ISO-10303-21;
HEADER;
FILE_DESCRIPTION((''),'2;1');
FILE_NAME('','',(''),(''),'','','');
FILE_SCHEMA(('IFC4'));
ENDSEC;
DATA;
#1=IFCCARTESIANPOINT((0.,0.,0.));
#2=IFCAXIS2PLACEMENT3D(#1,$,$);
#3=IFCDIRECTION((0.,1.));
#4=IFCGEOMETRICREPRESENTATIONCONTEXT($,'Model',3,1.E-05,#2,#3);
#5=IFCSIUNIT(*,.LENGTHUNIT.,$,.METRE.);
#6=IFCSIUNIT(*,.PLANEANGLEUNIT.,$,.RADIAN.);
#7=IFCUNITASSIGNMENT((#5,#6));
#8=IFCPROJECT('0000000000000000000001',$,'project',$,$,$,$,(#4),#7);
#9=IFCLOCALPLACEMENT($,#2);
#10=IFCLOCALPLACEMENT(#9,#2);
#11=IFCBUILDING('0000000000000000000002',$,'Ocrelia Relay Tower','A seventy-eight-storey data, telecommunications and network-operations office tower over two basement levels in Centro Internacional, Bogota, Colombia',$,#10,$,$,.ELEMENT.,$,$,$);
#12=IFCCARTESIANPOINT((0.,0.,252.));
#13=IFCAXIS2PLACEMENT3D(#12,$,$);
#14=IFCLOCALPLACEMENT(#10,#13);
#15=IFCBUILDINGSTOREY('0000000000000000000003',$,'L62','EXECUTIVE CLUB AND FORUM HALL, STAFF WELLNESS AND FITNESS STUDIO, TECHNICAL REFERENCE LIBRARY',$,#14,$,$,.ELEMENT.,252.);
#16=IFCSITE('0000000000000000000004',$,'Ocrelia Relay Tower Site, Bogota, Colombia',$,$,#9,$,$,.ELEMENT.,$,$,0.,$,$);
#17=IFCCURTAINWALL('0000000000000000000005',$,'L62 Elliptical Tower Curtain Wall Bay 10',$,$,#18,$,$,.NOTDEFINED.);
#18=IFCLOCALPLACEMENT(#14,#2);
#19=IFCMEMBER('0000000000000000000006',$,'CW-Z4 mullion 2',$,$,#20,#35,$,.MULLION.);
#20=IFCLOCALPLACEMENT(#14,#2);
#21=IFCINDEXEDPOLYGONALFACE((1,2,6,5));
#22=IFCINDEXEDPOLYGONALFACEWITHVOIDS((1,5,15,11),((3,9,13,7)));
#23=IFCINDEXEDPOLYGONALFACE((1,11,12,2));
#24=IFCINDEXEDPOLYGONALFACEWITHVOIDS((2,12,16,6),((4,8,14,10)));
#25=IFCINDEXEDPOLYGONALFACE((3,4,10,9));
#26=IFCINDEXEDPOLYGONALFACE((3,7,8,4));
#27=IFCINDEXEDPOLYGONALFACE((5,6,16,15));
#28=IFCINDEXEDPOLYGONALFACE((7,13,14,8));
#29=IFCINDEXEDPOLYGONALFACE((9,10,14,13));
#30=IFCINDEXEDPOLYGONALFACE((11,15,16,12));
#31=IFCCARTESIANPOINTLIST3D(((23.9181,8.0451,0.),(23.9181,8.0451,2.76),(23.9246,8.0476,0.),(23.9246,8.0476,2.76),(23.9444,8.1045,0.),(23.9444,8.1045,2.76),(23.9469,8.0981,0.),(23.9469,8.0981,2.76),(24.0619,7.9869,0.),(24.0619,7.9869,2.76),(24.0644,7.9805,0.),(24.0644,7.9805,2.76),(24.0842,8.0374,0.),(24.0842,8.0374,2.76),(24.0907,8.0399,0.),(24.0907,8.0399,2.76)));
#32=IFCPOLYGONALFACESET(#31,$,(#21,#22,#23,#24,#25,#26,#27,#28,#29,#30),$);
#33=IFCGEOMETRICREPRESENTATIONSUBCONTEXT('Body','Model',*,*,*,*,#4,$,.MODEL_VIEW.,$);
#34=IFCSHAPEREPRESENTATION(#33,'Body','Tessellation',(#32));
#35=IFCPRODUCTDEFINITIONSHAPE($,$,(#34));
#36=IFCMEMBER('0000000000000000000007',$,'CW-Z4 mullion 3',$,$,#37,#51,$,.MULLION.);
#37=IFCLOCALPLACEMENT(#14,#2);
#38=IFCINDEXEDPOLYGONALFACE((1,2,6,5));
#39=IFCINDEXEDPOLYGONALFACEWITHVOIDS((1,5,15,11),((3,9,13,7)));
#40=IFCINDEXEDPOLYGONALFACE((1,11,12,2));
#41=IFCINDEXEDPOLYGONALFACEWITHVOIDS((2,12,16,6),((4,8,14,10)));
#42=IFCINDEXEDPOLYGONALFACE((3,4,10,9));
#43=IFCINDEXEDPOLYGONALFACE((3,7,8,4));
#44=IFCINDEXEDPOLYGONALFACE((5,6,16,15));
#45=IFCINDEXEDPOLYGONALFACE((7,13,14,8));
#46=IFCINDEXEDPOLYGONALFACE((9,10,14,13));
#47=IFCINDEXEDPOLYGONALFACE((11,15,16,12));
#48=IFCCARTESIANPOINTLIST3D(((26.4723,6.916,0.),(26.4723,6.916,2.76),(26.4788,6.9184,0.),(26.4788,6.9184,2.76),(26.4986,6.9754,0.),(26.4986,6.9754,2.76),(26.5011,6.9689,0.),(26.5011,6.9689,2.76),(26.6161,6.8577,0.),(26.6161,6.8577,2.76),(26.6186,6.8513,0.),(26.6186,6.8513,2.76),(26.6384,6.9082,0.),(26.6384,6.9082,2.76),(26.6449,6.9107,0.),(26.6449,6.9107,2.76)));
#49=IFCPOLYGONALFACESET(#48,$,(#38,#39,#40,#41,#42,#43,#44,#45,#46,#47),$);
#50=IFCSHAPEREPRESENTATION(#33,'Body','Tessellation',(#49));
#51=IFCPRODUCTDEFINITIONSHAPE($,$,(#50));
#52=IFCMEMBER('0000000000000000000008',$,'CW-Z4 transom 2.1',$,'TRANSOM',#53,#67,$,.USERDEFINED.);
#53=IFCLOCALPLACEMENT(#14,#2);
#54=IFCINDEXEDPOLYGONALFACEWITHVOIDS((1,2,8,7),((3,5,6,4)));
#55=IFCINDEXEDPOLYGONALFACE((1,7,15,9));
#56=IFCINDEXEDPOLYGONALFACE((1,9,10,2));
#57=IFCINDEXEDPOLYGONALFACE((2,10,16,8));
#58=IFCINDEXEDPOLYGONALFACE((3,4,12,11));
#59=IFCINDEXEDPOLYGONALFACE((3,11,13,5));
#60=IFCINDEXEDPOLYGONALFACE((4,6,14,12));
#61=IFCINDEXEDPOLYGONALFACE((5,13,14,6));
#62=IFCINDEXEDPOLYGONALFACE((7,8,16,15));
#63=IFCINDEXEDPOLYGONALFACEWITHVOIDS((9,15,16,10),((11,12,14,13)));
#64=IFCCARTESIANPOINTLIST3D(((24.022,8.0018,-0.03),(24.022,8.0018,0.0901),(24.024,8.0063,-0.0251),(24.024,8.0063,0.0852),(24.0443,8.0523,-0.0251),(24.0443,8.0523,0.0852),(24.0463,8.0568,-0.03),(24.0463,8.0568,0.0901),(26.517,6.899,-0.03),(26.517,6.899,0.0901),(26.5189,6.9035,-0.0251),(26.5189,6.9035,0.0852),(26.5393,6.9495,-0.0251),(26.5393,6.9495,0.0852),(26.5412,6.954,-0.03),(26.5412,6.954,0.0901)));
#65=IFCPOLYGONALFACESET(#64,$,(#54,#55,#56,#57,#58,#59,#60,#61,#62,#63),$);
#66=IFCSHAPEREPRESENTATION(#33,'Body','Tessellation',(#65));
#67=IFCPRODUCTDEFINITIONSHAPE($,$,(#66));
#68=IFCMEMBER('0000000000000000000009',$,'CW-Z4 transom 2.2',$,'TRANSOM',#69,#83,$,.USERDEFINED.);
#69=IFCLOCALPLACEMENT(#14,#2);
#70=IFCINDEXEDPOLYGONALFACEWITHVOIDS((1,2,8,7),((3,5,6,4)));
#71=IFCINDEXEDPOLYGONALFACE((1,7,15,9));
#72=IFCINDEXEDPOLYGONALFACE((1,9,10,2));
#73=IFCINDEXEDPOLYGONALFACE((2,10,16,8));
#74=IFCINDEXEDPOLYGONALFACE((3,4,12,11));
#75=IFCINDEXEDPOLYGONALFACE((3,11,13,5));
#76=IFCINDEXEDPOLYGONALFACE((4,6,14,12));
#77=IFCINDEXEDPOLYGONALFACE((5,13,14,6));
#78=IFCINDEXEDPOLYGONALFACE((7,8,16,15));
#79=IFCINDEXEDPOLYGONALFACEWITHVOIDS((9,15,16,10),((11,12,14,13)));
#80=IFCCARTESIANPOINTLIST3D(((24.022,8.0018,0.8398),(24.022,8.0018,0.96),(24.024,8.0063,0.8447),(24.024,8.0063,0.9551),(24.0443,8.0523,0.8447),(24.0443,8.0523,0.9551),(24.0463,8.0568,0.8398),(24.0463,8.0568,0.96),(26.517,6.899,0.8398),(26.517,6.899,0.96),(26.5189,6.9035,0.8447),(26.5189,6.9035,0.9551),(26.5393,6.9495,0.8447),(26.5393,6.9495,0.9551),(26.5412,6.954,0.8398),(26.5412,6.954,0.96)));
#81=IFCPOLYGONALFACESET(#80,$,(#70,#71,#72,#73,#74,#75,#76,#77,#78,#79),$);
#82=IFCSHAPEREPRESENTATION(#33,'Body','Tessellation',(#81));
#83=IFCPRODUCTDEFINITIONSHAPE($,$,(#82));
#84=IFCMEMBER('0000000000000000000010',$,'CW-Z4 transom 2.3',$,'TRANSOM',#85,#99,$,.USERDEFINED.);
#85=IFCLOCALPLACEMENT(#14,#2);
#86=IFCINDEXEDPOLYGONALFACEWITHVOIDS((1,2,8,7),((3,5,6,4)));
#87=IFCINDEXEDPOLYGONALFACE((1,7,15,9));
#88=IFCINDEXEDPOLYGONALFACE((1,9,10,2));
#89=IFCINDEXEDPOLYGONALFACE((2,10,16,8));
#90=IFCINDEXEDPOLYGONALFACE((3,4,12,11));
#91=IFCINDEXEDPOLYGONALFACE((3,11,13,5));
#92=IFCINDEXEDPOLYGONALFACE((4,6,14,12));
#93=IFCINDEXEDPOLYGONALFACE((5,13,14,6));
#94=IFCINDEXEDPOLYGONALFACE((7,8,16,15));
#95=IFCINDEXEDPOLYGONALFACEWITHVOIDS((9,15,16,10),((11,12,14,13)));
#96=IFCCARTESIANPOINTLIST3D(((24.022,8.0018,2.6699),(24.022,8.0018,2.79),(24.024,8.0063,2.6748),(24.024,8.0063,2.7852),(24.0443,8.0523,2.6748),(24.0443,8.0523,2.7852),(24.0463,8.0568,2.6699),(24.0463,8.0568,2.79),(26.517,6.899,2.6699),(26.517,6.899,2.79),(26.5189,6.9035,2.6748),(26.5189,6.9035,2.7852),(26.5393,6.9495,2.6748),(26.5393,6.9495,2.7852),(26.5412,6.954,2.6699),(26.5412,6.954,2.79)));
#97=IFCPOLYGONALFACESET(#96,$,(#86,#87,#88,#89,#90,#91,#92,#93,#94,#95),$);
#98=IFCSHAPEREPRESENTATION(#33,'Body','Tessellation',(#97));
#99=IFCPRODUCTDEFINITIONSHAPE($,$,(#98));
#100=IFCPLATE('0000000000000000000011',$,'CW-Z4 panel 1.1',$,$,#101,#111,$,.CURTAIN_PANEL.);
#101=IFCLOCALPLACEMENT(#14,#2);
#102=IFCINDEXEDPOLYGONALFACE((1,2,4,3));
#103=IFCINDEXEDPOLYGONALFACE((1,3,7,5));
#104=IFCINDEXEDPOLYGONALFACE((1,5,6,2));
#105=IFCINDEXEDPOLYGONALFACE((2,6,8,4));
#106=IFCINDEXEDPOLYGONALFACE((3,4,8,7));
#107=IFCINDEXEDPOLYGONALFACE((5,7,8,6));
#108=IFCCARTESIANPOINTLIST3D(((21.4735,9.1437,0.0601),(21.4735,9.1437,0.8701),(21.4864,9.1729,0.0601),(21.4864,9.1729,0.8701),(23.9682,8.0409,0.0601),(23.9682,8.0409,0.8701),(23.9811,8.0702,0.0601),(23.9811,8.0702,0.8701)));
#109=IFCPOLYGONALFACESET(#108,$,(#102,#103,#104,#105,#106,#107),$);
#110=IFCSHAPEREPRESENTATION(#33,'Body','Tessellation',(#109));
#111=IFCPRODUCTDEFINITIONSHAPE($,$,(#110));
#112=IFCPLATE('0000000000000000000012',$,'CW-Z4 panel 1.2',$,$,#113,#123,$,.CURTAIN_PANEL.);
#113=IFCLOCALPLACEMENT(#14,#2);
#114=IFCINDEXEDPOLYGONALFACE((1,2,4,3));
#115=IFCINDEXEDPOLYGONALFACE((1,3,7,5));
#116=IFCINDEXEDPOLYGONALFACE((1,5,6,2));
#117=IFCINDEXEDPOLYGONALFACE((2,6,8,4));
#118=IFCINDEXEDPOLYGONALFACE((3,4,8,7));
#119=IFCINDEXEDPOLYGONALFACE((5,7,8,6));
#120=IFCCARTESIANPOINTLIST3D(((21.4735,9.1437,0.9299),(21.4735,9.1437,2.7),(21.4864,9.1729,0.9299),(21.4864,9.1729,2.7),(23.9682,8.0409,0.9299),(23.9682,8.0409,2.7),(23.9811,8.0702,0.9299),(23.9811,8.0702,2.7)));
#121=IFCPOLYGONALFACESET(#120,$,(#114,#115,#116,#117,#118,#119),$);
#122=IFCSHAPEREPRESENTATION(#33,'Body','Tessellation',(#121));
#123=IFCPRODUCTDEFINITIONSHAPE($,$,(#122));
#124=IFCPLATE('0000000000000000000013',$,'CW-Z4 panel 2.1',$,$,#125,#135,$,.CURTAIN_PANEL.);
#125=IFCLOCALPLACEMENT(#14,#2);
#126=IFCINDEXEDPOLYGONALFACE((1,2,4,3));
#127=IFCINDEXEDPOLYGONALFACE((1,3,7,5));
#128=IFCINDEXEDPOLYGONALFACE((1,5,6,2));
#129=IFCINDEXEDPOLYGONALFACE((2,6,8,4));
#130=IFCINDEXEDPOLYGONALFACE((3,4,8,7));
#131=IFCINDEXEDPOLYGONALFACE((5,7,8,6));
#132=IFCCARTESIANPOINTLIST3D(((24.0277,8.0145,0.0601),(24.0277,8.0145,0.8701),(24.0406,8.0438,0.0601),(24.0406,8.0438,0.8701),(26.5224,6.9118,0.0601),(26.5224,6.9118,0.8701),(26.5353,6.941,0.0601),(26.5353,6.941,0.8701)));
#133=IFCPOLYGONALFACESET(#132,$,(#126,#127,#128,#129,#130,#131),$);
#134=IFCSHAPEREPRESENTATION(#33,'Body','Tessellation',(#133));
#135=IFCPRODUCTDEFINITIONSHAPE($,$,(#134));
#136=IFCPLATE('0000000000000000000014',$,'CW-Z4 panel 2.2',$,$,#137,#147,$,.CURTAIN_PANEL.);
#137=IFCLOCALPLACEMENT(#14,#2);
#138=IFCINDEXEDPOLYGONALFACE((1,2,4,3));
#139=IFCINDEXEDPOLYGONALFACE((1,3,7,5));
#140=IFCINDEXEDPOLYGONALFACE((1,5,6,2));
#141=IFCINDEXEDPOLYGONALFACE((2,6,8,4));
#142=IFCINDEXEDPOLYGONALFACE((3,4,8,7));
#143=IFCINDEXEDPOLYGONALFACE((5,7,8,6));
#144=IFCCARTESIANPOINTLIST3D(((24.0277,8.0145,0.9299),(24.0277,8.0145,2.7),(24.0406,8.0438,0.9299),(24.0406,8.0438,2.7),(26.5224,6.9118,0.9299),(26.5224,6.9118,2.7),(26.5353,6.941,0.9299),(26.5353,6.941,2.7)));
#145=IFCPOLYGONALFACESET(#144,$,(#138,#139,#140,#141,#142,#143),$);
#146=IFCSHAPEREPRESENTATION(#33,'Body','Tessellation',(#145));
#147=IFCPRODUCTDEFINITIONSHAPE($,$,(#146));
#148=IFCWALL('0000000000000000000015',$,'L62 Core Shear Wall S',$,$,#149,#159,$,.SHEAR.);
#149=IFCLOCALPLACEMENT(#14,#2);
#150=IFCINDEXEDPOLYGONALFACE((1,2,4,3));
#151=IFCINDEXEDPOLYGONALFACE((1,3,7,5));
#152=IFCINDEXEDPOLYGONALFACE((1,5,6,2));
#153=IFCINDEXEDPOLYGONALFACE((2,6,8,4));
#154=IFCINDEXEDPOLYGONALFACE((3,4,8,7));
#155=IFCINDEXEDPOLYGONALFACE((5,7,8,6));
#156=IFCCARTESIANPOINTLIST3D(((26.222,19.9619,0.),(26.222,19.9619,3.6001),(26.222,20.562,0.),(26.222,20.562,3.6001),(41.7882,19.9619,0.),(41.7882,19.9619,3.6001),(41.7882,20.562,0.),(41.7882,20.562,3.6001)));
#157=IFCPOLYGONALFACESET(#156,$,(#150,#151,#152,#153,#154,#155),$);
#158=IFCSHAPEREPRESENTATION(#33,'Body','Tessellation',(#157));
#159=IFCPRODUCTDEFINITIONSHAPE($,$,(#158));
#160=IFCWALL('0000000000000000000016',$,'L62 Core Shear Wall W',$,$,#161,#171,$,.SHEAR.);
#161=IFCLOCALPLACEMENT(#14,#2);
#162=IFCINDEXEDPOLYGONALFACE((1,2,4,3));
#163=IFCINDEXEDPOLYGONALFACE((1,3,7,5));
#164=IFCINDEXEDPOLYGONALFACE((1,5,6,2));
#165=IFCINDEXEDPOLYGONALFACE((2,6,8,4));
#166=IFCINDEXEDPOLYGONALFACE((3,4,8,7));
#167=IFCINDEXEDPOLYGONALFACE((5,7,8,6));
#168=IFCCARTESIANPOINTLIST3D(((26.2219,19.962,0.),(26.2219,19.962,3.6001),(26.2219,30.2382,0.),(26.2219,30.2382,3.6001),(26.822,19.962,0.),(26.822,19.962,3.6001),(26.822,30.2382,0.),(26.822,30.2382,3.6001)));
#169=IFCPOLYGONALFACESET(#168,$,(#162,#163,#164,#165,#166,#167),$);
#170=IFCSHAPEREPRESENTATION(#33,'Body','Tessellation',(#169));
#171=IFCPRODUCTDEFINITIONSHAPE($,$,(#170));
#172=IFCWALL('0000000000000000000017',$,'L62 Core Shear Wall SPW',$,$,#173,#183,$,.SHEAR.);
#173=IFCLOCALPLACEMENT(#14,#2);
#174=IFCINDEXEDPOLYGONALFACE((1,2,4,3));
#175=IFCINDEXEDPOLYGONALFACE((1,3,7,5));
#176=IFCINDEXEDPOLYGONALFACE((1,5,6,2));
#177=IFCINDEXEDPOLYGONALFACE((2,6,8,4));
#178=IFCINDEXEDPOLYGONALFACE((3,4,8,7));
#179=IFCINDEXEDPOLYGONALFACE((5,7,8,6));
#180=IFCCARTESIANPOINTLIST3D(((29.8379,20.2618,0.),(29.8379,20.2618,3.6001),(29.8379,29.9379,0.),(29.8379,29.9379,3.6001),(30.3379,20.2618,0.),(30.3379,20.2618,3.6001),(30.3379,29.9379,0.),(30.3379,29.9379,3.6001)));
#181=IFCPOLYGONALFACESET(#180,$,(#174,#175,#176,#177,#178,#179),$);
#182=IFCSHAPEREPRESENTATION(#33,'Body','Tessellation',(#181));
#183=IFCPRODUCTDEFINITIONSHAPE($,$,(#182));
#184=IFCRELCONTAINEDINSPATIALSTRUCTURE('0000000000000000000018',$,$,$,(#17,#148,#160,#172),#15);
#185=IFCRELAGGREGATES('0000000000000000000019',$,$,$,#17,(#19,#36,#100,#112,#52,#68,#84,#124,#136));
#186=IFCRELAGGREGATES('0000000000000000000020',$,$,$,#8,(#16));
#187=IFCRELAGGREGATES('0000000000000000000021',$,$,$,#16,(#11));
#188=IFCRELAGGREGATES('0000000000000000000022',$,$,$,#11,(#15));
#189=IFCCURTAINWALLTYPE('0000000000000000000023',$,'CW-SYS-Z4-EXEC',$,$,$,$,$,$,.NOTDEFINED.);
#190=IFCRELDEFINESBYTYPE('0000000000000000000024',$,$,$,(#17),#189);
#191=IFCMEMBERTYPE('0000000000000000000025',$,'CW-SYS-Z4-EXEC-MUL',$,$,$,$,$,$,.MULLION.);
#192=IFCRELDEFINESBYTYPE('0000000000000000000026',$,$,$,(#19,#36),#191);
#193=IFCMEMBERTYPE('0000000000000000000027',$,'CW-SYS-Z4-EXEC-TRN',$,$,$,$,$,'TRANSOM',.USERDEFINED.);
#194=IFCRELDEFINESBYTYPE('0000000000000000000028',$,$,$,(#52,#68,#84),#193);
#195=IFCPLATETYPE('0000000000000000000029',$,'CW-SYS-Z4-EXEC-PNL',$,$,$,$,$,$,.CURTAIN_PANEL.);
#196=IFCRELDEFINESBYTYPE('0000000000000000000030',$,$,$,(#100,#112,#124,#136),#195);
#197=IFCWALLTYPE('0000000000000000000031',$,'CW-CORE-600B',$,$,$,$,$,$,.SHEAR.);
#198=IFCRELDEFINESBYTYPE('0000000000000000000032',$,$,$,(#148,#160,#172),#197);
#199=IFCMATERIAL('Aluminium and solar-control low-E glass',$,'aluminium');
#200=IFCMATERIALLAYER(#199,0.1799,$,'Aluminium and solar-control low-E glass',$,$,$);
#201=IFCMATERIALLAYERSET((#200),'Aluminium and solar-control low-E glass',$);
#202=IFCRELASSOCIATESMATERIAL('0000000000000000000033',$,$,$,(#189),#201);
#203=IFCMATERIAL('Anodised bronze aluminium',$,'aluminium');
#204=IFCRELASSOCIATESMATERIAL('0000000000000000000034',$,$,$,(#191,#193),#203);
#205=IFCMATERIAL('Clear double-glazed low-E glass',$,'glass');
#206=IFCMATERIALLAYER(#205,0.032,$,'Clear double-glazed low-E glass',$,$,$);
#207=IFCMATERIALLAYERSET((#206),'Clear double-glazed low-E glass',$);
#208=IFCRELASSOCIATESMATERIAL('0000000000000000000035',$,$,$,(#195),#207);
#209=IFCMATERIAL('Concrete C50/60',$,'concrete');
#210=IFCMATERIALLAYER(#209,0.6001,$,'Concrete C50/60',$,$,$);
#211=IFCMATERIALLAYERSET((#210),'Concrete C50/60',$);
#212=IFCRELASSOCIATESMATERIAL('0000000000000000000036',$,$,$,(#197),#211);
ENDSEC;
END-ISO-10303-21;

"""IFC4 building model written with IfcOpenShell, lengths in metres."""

from ifc_helpers import new_model, si_unit, direction, frame, frame_2d, origin, origin_2d, place, context, subcontext, project, spatial, rectangle, hollow_rectangle, extrude, material, layer, layer_set, material_profile, profile_set, type_object, element, aggregate, save


model = new_model("IFC4")

# Units and contexts
model_context = context("Model", 3, precision=1e-05, world=origin(), true_north=direction((0.0, 1.0)))
body_context = subcontext(model_context, "Body", "Model", "MODEL_VIEW")
ifc_project = project(units=[si_unit("LENGTHUNIT", "METRE"), si_unit("PLANEANGLEUNIT", "RADIAN")], contexts=[model_context])

# Site, building, storey
site_placement = place(None, origin())
site = spatial("IfcSite", under=ifc_project, at=site_placement, Name="Ocrelia Relay Tower Site, Bogota, Colombia", CompositionType="ELEMENT", RefElevation=0.0)
building_placement = place(site_placement, origin())
building = spatial("IfcBuilding", under=site, at=building_placement, Name="Ocrelia Relay Tower", Description="A seventy-eight-storey data, telecommunications and network-operations office tower over two basement levels in Centro Internacional, Bogota, Colombia", CompositionType="ELEMENT")
storey_placement = place(building_placement, frame((0.0, 0.0, 252.0)))
storey = spatial("IfcBuildingStorey", under=building, at=storey_placement, Name="L62", Description="EXECUTIVE CLUB AND FORUM HALL, STAFF WELLNESS AND FITNESS STUDIO, TECHNICAL REFERENCE LIBRARY", CompositionType="ELEMENT", Elevation=252.0)

# Shared definitions
ifc_material_1 = material(Name="Concrete C50/60", Category="concrete")

# Curtain wall, members, plates
ifc_material_2 = material(Name="Aluminium and solar-control low-E glass", Category="aluminium")
ifc_layer_1 = layer(ifc_material_2, 0.1799, Name="Aluminium and solar-control low-E glass")
ifc_layer_set_1 = layer_set([ifc_layer_1], Name="Aluminium and solar-control low-E glass")
curtain_wall_type = type_object("IfcCurtainWallType", Name="CW-SYS-Z4-EXEC", PredefinedType="NOTDEFINED", material=ifc_layer_set_1)
curtain_wall_placement = place(storey_placement, origin())
curtain_wall = element("IfcCurtainWall", 1, at=curtain_wall_placement, inside=storey, type_object=curtain_wall_type, Name="L62 Elliptical Tower Curtain Wall Bay 10", PredefinedType="NOTDEFINED")
ifc_material_3 = material(Name="Anodised bronze aluminium", Category="aluminium")
ifc_material_profile_1 = material_profile(ifc_material_3, hollow_rectangle(XDim=0.0649, YDim=0.1599, WallThickness=0.0049, at=origin_2d()), Name="CW-MUL-160x65")
ifc_profile_set_1 = profile_set([ifc_material_profile_1], Name="Anodised bronze aluminium")
member_type_1 = type_object("IfcMemberType", Name="CW-SYS-Z4-EXEC-MUL", PredefinedType="MULLION", material=ifc_profile_set_1)
member_1_placement = place(storey_placement, frame((24.0044, 8.0425, 0.0), z_axis=(0.0, 0.0, 1.0), x_axis=(0.404298, 0.914627, 0.0)))
member_1 = element("IfcMember", 2, at=member_1_placement, type_object=member_type_1, Name="CW-Z4 mullion 2", PredefinedType="MULLION", context=body_context, shape_type="SweptSolid", body=[
    extrude(hollow_rectangle(XDim=0.0649, YDim=0.1599, WallThickness=0.0049, at=origin_2d()), origin(), (0.0, 0.0, 1.0), 2.76),
])
member_2_placement = place(storey_placement, frame((26.5586, 6.9133, 0.0), z_axis=(0.0, 0.0, 1.0), x_axis=(0.404298, 0.914627, 0.0)))
member_2 = element("IfcMember", 3, at=member_2_placement, type_object=member_type_1, Name="CW-Z4 mullion 3", PredefinedType="MULLION", context=body_context, shape_type="SweptSolid", body=[
    extrude(hollow_rectangle(XDim=0.0649, YDim=0.1599, WallThickness=0.0049, at=origin_2d()), origin(), (0.0, 0.0, 1.0), 2.76),
])
ifc_material_profile_2 = material_profile(ifc_material_3, hollow_rectangle(XDim=0.0601, YDim=0.1201, WallThickness=0.0049, at=origin_2d()), Name="CW-TRN-120x60")
ifc_profile_set_2 = profile_set([ifc_material_profile_2], Name="Anodised bronze aluminium")
member_type_2 = type_object("IfcMemberType", Name="CW-SYS-Z4-EXEC-TRN", ElementType="TRANSOM", PredefinedType="USERDEFINED", material=ifc_profile_set_2)
member_3_placement = place(storey_placement, frame((24.0342, 8.0293, 0.03), z_axis=(0.914633, -0.404286, 0.0), x_axis=(0.404286, 0.914633, 0.0)))
member_3 = element("IfcMember", 4, at=member_3_placement, type_object=member_type_2, Name="CW-Z4 transom 2.1", ObjectType="TRANSOM", PredefinedType="USERDEFINED", context=body_context, shape_type="SweptSolid", body=[
    extrude(hollow_rectangle(XDim=0.0601, YDim=0.1201, WallThickness=0.0049, at=origin_2d()), origin(), (0.0, 0.0, 1.0), 2.7278),
])
member_4_placement = place(storey_placement, frame((24.0342, 8.0293, 0.8999), z_axis=(0.914633, -0.404286, 0.0), x_axis=(0.404286, 0.914633, 0.0)))
member_4 = element("IfcMember", 5, at=member_4_placement, type_object=member_type_2, Name="CW-Z4 transom 2.2", ObjectType="TRANSOM", PredefinedType="USERDEFINED", context=body_context, shape_type="SweptSolid", body=[
    extrude(hollow_rectangle(XDim=0.0601, YDim=0.1201, WallThickness=0.0049, at=origin_2d()), origin(), (0.0, 0.0, 1.0), 2.7278),
])
member_5_placement = place(storey_placement, frame((24.0342, 8.0293, 2.73), z_axis=(0.914633, -0.404286, 0.0), x_axis=(0.404286, 0.914633, 0.0)))
member_5 = element("IfcMember", 6, at=member_5_placement, type_object=member_type_2, Name="CW-Z4 transom 2.3", ObjectType="TRANSOM", PredefinedType="USERDEFINED", context=body_context, shape_type="SweptSolid", body=[
    extrude(hollow_rectangle(XDim=0.0601, YDim=0.1201, WallThickness=0.0049, at=origin_2d()), origin(), (0.0, 0.0, 1.0), 2.7278),
])
ifc_material_4 = material(Name="Clear double-glazed low-E glass", Category="glass")
ifc_layer_2 = layer(ifc_material_4, 0.032, Name="Clear double-glazed low-E glass")
ifc_layer_set_2 = layer_set([ifc_layer_2], Name="Clear double-glazed low-E glass")
plate_type = type_object("IfcPlateType", Name="CW-SYS-Z4-EXEC-PNL", PredefinedType="CURTAIN_PANEL", material=ifc_layer_set_2)
plate_1_placement = place(storey_placement, frame((22.7273, 8.6069, 0.0601), z_axis=(0.0, 0.0, 1.0), x_axis=(0.914627, -0.404298, 0.0)))
plate_1 = element("IfcPlate", 7, at=plate_1_placement, type_object=plate_type, Name="CW-Z4 panel 1.1", PredefinedType="CURTAIN_PANEL", context=body_context, shape_type="SweptSolid", body=[
    extrude(rectangle(XDim=2.7275, YDim=0.032, at=origin_2d()), origin(), (0.0, 0.0, 1.0), 0.8101),
])
plate_2_placement = place(storey_placement, frame((22.7273, 8.6069, 0.9299), z_axis=(0.0, 0.0, 1.0), x_axis=(0.914627, -0.404298, 0.0)))
plate_2 = element("IfcPlate", 8, at=plate_2_placement, type_object=plate_type, Name="CW-Z4 panel 1.2", PredefinedType="CURTAIN_PANEL", context=body_context, shape_type="SweptSolid", body=[
    extrude(rectangle(XDim=2.7275, YDim=0.032, at=origin_2d()), origin(), (0.0, 0.0, 1.0), 1.77),
])
plate_3_placement = place(storey_placement, frame((25.2815, 7.4778, 0.0601), z_axis=(0.0, 0.0, 1.0), x_axis=(0.914627, -0.404298, 0.0)))
plate_3 = element("IfcPlate", 9, at=plate_3_placement, type_object=plate_type, Name="CW-Z4 panel 2.1", PredefinedType="CURTAIN_PANEL", context=body_context, shape_type="SweptSolid", body=[
    extrude(rectangle(XDim=2.7275, YDim=0.032, at=origin_2d()), origin(), (0.0, 0.0, 1.0), 0.8101),
])
plate_4_placement = place(storey_placement, frame((25.2815, 7.4778, 0.9299), z_axis=(0.0, 0.0, 1.0), x_axis=(0.914627, -0.404298, 0.0)))
plate_4 = element("IfcPlate", 10, at=plate_4_placement, type_object=plate_type, Name="CW-Z4 panel 2.2", PredefinedType="CURTAIN_PANEL", context=body_context, shape_type="SweptSolid", body=[
    extrude(rectangle(XDim=2.7275, YDim=0.032, at=origin_2d()), origin(), (0.0, 0.0, 1.0), 1.77),
])
aggregate(curtain_wall, [member_1, member_2, plate_1, plate_2, member_3, member_4, member_5, plate_3, plate_4])

# Walls
ifc_layer_3 = layer(ifc_material_1, 0.6001, Name="Concrete C50/60")
ifc_layer_set_3 = layer_set([ifc_layer_3], Name="Concrete C50/60")
wall_type_1 = type_object("IfcWallType", Name="CW-CORE-600B", PredefinedType="SHEAR", material=ifc_layer_set_3)
wall_1_placement = place(storey_placement, frame((26.2219, 20.262, 0.0), z_axis=(0.0, 0.0, 1.0), x_axis=(1.0, 0.0, 0.0)))
element("IfcWall", 11, at=wall_1_placement, inside=storey, type_object=wall_type_1, Name="L62 Core Shear Wall S", PredefinedType="SHEAR", context=body_context, shape_type="SweptSolid", body=[
    extrude(rectangle(XDim=15.5662, YDim=0.6001, at=frame_2d((7.7832, 0.0))), origin(), (0.0, 0.0, 1.0), 3.6001),
])
wall_2_placement = place(storey_placement, frame((26.522, 19.9619, 0.0), z_axis=(0.0, 0.0, 1.0), x_axis=(0.0, 1.0, 0.0)))
element("IfcWall", 12, at=wall_2_placement, inside=storey, type_object=wall_type_1, Name="L62 Core Shear Wall W", PredefinedType="SHEAR", context=body_context, shape_type="SweptSolid", body=[
    extrude(rectangle(XDim=10.2761, YDim=0.6001, at=frame_2d((5.1382, 0.0))), origin(), (0.0, 0.0, 1.0), 3.6001),
])
wall_3_placement = place(storey_placement, frame((30.0879, 20.262, 0.0), z_axis=(0.0, 0.0, 1.0), x_axis=(0.0, 1.0, 0.0)))
element("IfcWall", 13, at=wall_3_placement, inside=storey, type_object=wall_type_1, Name="L62 Core Shear Wall SPW", PredefinedType="SHEAR", context=body_context, shape_type="SweptSolid", body=[
    extrude(rectangle(XDim=9.676, YDim=0.5, at=frame_2d((4.8379, 0.0))), origin(), (0.0, 0.0, 1.0), 3.6001),
])

save(model, "model.ifc")
